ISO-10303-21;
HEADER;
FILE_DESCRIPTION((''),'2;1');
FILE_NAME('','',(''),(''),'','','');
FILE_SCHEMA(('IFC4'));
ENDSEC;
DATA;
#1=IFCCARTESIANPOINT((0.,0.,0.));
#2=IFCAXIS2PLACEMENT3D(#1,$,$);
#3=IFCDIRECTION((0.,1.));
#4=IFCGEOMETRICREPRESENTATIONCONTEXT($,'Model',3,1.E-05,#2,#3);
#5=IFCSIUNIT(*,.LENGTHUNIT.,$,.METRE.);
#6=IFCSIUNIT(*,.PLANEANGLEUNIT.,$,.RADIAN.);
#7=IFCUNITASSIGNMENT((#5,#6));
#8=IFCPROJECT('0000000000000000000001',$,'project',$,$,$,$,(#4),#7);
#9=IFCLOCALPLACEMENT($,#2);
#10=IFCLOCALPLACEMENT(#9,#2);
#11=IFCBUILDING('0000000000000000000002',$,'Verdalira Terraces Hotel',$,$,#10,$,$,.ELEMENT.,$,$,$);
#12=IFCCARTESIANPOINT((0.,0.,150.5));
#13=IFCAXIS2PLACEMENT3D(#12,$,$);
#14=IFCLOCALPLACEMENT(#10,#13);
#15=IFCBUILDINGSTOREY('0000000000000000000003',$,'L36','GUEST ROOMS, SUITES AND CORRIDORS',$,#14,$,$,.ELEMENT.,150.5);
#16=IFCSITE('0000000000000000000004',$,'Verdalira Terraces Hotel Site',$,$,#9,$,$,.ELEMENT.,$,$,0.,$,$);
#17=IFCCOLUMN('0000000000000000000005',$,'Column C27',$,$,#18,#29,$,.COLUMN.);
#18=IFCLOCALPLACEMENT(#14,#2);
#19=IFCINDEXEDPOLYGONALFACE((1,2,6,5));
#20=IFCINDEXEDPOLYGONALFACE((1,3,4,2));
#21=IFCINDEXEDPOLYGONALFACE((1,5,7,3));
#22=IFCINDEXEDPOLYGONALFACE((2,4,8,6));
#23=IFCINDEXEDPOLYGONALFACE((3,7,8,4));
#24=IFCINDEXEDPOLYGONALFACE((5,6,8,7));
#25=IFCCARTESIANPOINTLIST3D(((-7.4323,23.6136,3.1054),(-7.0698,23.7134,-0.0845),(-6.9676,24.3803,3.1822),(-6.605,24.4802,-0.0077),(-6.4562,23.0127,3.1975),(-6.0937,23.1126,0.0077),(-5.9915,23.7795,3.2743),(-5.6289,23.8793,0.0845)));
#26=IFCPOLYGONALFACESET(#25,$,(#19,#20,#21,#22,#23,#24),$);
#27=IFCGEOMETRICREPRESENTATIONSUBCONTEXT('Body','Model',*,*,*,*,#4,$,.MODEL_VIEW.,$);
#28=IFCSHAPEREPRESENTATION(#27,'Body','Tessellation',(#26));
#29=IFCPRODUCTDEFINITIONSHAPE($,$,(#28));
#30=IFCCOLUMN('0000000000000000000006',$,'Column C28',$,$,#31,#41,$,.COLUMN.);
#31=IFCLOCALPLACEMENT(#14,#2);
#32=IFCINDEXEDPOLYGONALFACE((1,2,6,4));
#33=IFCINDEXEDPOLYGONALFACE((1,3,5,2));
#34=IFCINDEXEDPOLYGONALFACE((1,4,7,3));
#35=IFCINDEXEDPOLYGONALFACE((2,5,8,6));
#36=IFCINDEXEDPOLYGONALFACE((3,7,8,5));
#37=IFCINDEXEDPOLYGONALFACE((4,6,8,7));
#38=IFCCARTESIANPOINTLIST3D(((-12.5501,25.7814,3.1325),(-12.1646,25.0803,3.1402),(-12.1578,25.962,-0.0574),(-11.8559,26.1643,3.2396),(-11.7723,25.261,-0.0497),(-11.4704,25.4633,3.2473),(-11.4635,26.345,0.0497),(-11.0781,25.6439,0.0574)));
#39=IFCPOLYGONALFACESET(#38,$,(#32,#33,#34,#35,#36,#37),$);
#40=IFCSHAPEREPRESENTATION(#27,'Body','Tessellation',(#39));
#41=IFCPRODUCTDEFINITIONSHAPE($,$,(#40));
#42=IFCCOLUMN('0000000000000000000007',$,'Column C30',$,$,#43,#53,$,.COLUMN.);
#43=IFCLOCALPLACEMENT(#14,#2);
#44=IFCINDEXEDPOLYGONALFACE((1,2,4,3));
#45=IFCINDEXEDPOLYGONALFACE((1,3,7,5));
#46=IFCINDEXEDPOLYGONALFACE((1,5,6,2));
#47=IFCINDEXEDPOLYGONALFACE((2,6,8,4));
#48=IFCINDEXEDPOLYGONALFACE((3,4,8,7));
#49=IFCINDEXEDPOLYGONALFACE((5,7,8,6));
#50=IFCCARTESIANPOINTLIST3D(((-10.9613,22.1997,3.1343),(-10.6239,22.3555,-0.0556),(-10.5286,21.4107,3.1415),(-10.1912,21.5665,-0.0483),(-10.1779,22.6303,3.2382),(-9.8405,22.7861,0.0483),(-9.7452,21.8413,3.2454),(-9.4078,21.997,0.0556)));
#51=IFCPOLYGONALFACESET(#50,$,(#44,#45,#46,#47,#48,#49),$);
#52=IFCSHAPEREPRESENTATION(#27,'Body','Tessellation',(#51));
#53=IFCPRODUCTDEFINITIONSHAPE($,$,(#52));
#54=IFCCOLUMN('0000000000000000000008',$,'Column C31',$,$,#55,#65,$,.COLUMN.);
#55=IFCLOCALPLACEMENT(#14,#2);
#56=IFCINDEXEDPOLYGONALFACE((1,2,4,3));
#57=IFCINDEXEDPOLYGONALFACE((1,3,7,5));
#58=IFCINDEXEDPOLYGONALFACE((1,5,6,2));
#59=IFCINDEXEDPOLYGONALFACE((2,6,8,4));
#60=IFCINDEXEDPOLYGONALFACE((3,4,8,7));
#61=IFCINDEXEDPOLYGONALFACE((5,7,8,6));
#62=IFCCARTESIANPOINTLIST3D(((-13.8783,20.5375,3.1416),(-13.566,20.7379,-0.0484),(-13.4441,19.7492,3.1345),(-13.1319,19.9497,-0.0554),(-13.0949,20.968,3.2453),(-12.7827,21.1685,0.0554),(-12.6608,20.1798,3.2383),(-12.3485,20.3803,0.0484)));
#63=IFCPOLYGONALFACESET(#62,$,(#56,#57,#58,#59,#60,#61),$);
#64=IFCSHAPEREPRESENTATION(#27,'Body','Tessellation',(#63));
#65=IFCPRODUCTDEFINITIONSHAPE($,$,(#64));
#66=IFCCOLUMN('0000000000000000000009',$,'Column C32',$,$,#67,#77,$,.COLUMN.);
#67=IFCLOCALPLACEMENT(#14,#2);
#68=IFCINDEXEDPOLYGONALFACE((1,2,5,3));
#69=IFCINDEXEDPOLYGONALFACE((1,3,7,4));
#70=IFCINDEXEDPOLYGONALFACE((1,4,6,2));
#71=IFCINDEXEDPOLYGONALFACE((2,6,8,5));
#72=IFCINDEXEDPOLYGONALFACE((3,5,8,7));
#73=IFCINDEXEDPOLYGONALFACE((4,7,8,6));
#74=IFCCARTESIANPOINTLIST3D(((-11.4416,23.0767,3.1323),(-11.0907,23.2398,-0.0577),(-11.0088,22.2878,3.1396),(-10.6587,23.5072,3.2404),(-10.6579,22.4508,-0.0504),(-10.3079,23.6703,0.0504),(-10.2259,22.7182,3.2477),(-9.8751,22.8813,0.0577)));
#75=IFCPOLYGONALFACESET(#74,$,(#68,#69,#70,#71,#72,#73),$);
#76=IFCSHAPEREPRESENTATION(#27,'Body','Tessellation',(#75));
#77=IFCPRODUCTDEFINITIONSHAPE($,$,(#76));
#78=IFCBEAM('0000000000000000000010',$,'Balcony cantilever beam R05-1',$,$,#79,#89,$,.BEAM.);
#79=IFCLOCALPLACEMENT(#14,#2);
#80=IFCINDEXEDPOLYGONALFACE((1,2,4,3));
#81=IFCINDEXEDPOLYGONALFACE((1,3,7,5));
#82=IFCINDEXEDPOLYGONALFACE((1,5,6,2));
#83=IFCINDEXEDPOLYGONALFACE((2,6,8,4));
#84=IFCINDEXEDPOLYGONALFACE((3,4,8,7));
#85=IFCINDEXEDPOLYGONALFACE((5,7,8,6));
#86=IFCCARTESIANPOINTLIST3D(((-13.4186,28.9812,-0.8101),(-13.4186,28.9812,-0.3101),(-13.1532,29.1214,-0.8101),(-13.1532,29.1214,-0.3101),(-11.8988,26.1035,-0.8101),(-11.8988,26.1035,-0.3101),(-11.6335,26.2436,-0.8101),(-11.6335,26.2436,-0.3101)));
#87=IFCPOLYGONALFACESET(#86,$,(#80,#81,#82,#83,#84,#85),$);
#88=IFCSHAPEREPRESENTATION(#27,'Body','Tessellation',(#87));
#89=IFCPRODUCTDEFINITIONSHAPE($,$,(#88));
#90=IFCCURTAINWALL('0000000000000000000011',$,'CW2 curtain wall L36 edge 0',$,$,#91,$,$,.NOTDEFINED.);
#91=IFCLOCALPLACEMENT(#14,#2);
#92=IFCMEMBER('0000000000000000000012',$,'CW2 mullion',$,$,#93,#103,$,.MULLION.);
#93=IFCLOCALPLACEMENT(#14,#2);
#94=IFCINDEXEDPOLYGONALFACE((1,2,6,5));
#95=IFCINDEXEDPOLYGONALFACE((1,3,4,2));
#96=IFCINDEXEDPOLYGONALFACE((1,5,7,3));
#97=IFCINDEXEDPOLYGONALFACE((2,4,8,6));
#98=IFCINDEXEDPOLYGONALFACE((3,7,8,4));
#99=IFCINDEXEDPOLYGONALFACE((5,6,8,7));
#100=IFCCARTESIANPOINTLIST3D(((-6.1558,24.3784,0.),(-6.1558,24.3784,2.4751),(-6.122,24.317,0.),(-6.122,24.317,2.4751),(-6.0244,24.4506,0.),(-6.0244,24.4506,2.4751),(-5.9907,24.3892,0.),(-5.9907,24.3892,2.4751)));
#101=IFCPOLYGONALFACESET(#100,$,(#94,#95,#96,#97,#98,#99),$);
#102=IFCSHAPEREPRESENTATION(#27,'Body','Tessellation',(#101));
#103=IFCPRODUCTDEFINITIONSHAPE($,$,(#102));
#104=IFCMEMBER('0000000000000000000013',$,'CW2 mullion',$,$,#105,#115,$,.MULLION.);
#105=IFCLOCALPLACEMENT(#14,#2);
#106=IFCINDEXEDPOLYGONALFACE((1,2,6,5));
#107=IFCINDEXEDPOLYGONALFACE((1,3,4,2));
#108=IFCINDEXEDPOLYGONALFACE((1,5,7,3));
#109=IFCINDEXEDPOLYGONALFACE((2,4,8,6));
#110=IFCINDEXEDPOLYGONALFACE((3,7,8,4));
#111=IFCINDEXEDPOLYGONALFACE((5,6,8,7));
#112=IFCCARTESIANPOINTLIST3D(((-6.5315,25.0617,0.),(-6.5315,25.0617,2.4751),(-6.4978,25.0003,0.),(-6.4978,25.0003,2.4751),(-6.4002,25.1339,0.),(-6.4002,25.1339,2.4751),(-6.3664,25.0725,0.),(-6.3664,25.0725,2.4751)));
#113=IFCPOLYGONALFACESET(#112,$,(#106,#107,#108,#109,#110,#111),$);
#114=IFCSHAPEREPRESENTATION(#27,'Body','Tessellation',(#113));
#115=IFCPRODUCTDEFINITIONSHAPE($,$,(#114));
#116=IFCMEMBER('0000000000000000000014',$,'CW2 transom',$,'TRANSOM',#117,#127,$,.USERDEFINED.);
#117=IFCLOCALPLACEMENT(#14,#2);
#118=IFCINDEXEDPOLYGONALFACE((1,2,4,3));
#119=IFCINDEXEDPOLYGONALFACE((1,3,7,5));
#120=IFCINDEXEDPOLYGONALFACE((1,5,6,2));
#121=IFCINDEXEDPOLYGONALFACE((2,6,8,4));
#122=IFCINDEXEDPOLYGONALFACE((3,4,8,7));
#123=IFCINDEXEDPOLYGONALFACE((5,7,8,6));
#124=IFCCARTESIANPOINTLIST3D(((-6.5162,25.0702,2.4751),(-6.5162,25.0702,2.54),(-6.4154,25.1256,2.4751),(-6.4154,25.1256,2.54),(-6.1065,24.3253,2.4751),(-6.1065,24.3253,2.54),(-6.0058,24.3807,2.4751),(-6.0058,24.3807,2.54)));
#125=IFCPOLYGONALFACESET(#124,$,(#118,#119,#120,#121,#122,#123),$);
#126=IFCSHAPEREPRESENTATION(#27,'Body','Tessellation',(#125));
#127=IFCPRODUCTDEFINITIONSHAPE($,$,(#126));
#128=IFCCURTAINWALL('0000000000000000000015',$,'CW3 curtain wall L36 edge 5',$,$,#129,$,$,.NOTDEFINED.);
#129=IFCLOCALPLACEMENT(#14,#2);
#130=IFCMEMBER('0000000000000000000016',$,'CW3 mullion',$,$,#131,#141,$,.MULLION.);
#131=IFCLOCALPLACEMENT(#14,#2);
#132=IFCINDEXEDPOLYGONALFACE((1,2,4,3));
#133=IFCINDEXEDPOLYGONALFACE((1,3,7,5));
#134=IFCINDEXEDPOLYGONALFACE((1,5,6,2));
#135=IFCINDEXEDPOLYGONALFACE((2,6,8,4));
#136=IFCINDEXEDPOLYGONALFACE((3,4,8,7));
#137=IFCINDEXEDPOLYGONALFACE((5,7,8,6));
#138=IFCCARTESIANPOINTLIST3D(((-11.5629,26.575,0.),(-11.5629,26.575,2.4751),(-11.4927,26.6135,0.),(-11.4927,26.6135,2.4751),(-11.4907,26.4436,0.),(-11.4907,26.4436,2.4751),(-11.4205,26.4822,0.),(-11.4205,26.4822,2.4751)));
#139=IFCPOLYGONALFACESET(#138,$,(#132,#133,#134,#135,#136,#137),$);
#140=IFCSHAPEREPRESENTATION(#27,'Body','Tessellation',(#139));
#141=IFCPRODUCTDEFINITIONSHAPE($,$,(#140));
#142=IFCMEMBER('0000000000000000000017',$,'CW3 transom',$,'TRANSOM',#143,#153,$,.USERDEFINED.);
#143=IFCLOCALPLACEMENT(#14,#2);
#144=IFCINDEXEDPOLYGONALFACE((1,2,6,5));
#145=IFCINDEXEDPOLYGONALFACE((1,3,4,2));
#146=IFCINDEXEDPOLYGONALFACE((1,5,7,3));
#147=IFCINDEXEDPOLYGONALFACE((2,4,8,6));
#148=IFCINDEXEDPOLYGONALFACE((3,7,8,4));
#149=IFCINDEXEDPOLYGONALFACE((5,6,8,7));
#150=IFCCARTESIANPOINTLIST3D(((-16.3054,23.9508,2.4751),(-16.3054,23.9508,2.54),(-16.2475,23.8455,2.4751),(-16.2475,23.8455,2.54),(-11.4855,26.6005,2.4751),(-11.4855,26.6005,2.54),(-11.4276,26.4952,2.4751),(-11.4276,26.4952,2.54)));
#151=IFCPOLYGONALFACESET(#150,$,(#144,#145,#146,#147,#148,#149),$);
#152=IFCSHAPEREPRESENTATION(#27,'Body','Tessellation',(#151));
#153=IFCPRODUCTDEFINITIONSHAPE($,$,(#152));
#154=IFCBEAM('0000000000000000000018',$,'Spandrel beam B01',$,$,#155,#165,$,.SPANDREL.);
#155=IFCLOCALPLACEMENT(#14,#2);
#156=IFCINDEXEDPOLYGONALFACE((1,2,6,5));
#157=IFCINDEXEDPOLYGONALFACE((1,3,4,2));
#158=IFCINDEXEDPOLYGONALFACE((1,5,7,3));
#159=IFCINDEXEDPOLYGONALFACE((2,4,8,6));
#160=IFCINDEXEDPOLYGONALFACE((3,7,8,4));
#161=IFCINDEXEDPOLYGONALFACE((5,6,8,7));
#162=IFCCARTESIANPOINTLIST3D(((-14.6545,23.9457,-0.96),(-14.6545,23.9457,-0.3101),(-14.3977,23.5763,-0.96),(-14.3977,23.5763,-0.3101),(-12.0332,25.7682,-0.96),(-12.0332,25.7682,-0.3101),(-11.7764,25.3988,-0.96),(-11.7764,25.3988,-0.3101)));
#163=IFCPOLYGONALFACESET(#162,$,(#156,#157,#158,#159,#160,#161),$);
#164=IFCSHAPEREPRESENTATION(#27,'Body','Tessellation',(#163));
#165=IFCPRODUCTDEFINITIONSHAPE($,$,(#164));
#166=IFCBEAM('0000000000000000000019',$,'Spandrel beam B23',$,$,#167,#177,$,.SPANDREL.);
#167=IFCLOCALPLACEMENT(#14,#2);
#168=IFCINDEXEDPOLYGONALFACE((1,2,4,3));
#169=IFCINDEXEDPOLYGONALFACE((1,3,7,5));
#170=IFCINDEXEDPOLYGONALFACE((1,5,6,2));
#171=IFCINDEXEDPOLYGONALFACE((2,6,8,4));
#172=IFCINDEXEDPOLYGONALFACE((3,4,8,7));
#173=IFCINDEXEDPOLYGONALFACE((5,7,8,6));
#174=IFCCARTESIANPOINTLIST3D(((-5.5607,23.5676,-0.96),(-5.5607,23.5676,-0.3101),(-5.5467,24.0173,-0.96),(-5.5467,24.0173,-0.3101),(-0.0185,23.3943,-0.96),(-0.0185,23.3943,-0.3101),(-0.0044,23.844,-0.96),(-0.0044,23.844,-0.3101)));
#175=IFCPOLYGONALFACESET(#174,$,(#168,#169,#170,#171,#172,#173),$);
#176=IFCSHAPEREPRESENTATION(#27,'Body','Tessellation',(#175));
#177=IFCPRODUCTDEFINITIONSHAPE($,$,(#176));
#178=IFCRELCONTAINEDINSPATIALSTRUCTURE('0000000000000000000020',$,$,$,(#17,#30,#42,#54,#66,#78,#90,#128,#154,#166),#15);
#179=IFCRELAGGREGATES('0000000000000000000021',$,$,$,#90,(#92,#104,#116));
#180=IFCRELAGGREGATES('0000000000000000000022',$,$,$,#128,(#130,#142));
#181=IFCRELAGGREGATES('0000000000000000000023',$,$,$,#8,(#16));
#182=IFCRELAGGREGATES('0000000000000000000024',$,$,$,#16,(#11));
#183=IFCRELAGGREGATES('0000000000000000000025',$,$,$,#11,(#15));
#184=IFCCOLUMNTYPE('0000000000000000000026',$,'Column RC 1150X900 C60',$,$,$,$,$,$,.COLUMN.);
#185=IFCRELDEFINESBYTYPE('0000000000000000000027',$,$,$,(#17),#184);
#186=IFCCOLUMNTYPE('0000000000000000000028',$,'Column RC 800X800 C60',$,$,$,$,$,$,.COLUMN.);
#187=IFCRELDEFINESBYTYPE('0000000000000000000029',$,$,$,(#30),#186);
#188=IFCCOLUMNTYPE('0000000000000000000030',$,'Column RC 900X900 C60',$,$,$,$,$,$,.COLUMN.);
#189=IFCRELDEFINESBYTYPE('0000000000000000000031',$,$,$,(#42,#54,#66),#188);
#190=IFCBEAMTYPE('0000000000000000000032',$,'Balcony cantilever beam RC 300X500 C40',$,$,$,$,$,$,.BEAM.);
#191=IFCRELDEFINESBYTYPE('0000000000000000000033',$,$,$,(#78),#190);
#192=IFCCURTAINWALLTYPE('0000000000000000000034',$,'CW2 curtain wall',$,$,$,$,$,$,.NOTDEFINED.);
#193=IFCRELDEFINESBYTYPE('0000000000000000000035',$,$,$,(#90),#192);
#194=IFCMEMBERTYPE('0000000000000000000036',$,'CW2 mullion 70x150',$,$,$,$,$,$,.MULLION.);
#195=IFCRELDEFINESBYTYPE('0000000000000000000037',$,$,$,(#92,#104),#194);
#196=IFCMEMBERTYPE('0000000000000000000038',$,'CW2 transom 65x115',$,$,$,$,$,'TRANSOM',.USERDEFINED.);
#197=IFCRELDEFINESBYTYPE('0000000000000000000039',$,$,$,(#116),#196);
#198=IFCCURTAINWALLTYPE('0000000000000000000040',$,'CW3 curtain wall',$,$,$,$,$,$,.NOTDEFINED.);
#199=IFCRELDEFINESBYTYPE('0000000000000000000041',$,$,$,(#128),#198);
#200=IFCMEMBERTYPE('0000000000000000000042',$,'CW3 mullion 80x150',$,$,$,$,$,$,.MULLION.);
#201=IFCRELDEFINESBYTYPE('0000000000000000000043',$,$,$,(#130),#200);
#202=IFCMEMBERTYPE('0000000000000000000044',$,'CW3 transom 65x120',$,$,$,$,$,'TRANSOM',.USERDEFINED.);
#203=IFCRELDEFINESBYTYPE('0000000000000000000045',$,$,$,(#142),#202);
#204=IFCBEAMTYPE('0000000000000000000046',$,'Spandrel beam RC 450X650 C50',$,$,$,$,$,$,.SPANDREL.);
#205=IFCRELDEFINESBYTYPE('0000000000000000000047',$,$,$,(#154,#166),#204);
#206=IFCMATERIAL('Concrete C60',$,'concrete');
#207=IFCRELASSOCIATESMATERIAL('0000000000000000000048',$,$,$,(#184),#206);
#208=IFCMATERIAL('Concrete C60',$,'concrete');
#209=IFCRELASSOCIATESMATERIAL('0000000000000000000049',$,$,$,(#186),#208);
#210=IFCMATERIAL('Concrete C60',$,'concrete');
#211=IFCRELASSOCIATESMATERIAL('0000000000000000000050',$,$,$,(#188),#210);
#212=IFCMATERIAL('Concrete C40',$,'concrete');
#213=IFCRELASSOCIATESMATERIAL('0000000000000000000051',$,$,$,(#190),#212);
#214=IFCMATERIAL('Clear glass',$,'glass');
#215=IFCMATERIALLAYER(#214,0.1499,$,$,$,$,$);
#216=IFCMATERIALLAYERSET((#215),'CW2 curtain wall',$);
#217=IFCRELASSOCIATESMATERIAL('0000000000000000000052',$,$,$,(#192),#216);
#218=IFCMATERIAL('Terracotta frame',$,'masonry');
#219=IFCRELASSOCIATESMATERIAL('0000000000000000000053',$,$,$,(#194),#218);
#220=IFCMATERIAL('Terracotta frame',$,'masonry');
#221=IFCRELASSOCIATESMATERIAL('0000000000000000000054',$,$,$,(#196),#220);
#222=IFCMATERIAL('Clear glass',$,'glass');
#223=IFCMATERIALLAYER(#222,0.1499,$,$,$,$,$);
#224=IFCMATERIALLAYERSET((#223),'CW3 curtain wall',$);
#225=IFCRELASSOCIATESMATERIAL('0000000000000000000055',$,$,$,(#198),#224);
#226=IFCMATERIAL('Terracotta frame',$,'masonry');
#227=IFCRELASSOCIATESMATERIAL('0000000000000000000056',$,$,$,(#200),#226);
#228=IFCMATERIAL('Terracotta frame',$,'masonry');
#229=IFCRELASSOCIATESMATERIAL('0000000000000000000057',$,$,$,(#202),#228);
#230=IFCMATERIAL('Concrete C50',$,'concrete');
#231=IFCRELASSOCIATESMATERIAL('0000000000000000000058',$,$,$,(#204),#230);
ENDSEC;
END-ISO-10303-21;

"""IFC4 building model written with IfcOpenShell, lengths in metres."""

from ifc_helpers import new_model, si_unit, direction, frame, origin, origin_2d, place, context, subcontext, project, spatial, rectangle, extrude, material, layer, layer_set, material_profile, profile_set, type_object, element, aggregate, save


model = new_model("IFC4")

# Units and contexts
model_context = context("Model", 3, precision=1e-05, world=origin(), true_north=direction((0.0, 1.0)))
body_context = subcontext(model_context, "Body", "Model", "MODEL_VIEW")
ifc_project = project(units=[si_unit("LENGTHUNIT", "METRE"), si_unit("PLANEANGLEUNIT", "RADIAN")], contexts=[model_context])

# Site, building, storey
site_placement = place(None, origin())
site = spatial("IfcSite", under=ifc_project, at=site_placement, Name="Verdalira Terraces Hotel Site", CompositionType="ELEMENT", RefElevation=0.0)
building_placement = place(site_placement, origin())
building = spatial("IfcBuilding", under=site, at=building_placement, Name="Verdalira Terraces Hotel", CompositionType="ELEMENT")
storey_placement = place(building_placement, frame((0.0, 0.0, 150.5)))
storey = spatial("IfcBuildingStorey", under=building, at=storey_placement, Name="L36", Description="GUEST ROOMS, SUITES AND CORRIDORS", CompositionType="ELEMENT", Elevation=150.5)

# Columns
ifc_material_1 = material(Name="Concrete C60", Category="concrete")
ifc_material_profile_1 = material_profile(ifc_material_1, rectangle(XDim=1.1499, YDim=0.8999, at=origin_2d()), Name="RC 1150X900")
ifc_profile_set_1 = profile_set([ifc_material_profile_1], Name="Concrete C60")
column_type_1 = type_object("IfcColumnType", Name="Column RC 1150X900 C60", PredefinedType="COLUMN", material=ifc_profile_set_1)
column_1_placement = place(storey_placement, frame((-6.3494, 23.7964, 0.0), z_axis=(-0.112872, -0.031087, 0.993123), x_axis=(0.848846, -0.522534, 0.080118)))
element("IfcColumn", 1, at=column_1_placement, inside=storey, type_object=column_type_1, Name="Column C27", PredefinedType="COLUMN", context=body_context, shape_type="SweptSolid", body=[
    extrude(rectangle(XDim=1.1499, YDim=0.8999, at=origin_2d()), origin(), (0.0, 0.0, 1.0), 3.2119),
])
ifc_material_2 = material(Name="Concrete C60", Category="concrete")
ifc_material_profile_2 = material_profile(ifc_material_2, rectangle(XDim=0.8, YDim=0.8, at=origin_2d()), Name="RC 800X800")
ifc_profile_set_2 = profile_set([ifc_material_profile_2], Name="Concrete C60")
column_type_2 = type_object("IfcColumnType", Name="Column RC 800X800 C60", PredefinedType="COLUMN", material=ifc_profile_set_2)
column_2_placement = place(storey_placement, frame((-11.6179, 25.803, 0.0), z_axis=(-0.121879, -0.056123, 0.990957), x_axis=(-0.867752, -0.478638, -0.133834)))
element("IfcColumn", 2, at=column_2_placement, inside=storey, type_object=column_type_2, Name="Column C28", PredefinedType="COLUMN", context=body_context, shape_type="SweptSolid", body=[
    extrude(rectangle(XDim=0.8, YDim=0.8, at=origin_2d()), origin(), (0.0, 0.0, 1.0), 3.219),
])
ifc_material_3 = material(Name="Concrete C60", Category="concrete")
ifc_material_profile_3 = material_profile(ifc_material_3, rectangle(XDim=0.8999, YDim=0.8999, at=origin_2d()), Name="RC 900X900")
ifc_profile_set_3 = profile_set([ifc_material_profile_3], Name="Concrete C60")
column_type_3 = type_object("IfcColumnType", Name="Column RC 900X900 C60", PredefinedType="COLUMN", material=ifc_profile_set_3)
for number, where, z_axis, x_axis, name in (
    (3, (-10.0159, 22.1763, 0.0), (-0.10506, -0.048501, 0.993282), (-0.480826, 0.876779, -0.008045), "Column C30"),
    (4, (-12.9573, 20.5591, 0.0), (-0.097232, -0.062414, 0.993303), (-0.482473, 0.875876, 0.007807), "Column C31"),
):
    element("IfcColumn", number, at=place(storey_placement, frame(where, z_axis=z_axis, x_axis=x_axis)), inside=storey, type_object=column_type_3, Name=name, PredefinedType="COLUMN", context=body_context, shape_type="SweptSolid", body=[
        extrude(rectangle(XDim=0.8999, YDim=0.8999, at=origin_2d()), origin(), (0.0, 0.0, 1.0), 3.2114),
    ])
column_3_placement = place(storey_placement, frame((-10.4829, 23.0605, 0.0), z_axis=(-0.10918, -0.050753, 0.992725), x_axis=(-0.480972, 0.876699, -0.008076)))
element("IfcColumn", 5, at=column_3_placement, inside=storey, type_object=column_type_3, Name="Column C32", PredefinedType="COLUMN", context=body_context, shape_type="SweptSolid", body=[
    extrude(rectangle(XDim=0.8999, YDim=0.8999, at=origin_2d()), origin(), (0.0, 0.0, 1.0), 3.2134),
])

# Beam
ifc_material_4 = material(Name="Concrete C40", Category="concrete")
ifc_material_profile_4 = material_profile(ifc_material_4, rectangle(XDim=0.3, YDim=0.5, at=origin_2d()), Name="RC 300X500")
ifc_profile_set_4 = profile_set([ifc_material_profile_4], Name="Concrete C40")
beam_type_1 = type_object("IfcBeamType", Name="Balcony cantilever beam RC 300X500 C40", PredefinedType="BEAM", material=ifc_profile_set_4)
beam_1_placement = place(storey_placement, frame((-11.7661, 26.1736, -0.5601), z_axis=(-0.466998, 0.884258, 0.0), x_axis=(-0.884258, -0.466998, 0.0)))
element("IfcBeam", 6, at=beam_1_placement, inside=storey, type_object=beam_type_1, Name="Balcony cantilever beam R05-1", PredefinedType="BEAM", context=body_context, shape_type="SweptSolid", body=[
    extrude(rectangle(XDim=0.3, YDim=0.5, at=origin_2d()), origin(), (0.0, 0.0, 1.0), 3.2544),
])

# Curtain walls, members
ifc_material_5 = material(Name="Clear glass", Category="glass")
ifc_layer_1 = layer(ifc_material_5, 0.1499)
ifc_layer_set_1 = layer_set([ifc_layer_1], Name="CW2 curtain wall")
curtain_wall_type_1 = type_object("IfcCurtainWallType", Name="CW2 curtain wall", PredefinedType="NOTDEFINED", material=ifc_layer_set_1)
curtain_wall_1_placement = place(storey_placement, origin())
curtain_wall_1 = element("IfcCurtainWall", 7, at=curtain_wall_1_placement, inside=storey, type_object=curtain_wall_type_1, Name="CW2 curtain wall L36 edge 0", PredefinedType="NOTDEFINED")
ifc_material_6 = material(Name="Terracotta frame", Category="masonry")
ifc_material_profile_5 = material_profile(ifc_material_6, rectangle(XDim=0.0701, YDim=0.1499, at=origin_2d()), Name="MU 70x150")
ifc_profile_set_5 = profile_set([ifc_material_profile_5], Name="Terracotta frame")
member_type_1 = type_object("IfcMemberType", Name="CW2 mullion 70x150", PredefinedType="MULLION", material=ifc_profile_set_5)
member_1_placement = place(storey_placement, frame((-6.0732, 24.3838, 0.0), z_axis=(0.0, 0.0, 1.0), x_axis=(-0.481754, 0.876307, 0.0)))
member_1 = element("IfcMember", 8, at=member_1_placement, type_object=member_type_1, Name="CW2 mullion", PredefinedType="MULLION", context=body_context, shape_type="SweptSolid", body=[
    extrude(rectangle(XDim=0.0701, YDim=0.1499, at=origin_2d()), origin(), (0.0, 0.0, 1.0), 2.4751),
])
member_2_placement = place(storey_placement, frame((-6.449, 25.0671, 0.0), z_axis=(0.0, 0.0, 1.0), x_axis=(-0.481754, 0.876307, 0.0)))
member_2 = element("IfcMember", 9, at=member_2_placement, type_object=member_type_1, Name="CW2 mullion", PredefinedType="MULLION", context=body_context, shape_type="SweptSolid", body=[
    extrude(rectangle(XDim=0.0701, YDim=0.1499, at=origin_2d()), origin(), (0.0, 0.0, 1.0), 2.4751),
])
ifc_material_7 = material(Name="Terracotta frame", Category="masonry")
ifc_material_profile_6 = material_profile(ifc_material_7, rectangle(XDim=0.115, YDim=0.0649, at=origin_2d()), Name="TR 65x115")
ifc_profile_set_6 = profile_set([ifc_material_profile_6], Name="Terracotta frame")
member_type_2 = type_object("IfcMemberType", Name="CW2 transom 65x115", ElementType="TRANSOM", PredefinedType="USERDEFINED", material=ifc_profile_set_6)
member_3_placement = place(storey_placement, frame((-6.0562, 24.353, 2.5076), z_axis=(-0.481908, 0.876222, 0.0), x_axis=(-0.876222, -0.481908, 0.0)))
member_3 = element("IfcMember", 10, at=member_3_placement, type_object=member_type_2, Name="CW2 transom", ObjectType="TRANSOM", PredefinedType="USERDEFINED", context=body_context, shape_type="SweptSolid", body=[
    extrude(rectangle(XDim=0.115, YDim=0.0649, at=origin_2d()), origin(), (0.0, 0.0, 1.0), 0.8501),
])
ifc_material_8 = material(Name="Clear glass", Category="glass")
ifc_layer_2 = layer(ifc_material_8, 0.1499)
ifc_layer_set_2 = layer_set([ifc_layer_2], Name="CW3 curtain wall")
curtain_wall_type_2 = type_object("IfcCurtainWallType", Name="CW3 curtain wall", PredefinedType="NOTDEFINED", material=ifc_layer_set_2)
curtain_wall_2_placement = place(storey_placement, origin())
curtain_wall_2 = element("IfcCurtainWall", 11, at=curtain_wall_2_placement, inside=storey, type_object=curtain_wall_type_2, Name="CW3 curtain wall L36 edge 5", PredefinedType="NOTDEFINED")
ifc_material_9 = material(Name="Terracotta frame", Category="masonry")
ifc_material_profile_7 = material_profile(ifc_material_9, rectangle(XDim=0.0801, YDim=0.1499, at=origin_2d()), Name="MU 80x150")
ifc_profile_set_7 = profile_set([ifc_material_profile_7], Name="Terracotta frame")
member_type_3 = type_object("IfcMemberType", Name="CW3 mullion 80x150", PredefinedType="MULLION", material=ifc_profile_set_7)
member_4_placement = place(storey_placement, frame((-11.4917, 26.5286, 0.0), z_axis=(0.0, 0.0, 1.0), x_axis=(-0.876307, -0.481754, 0.0)))
member_4 = element("IfcMember", 12, at=member_4_placement, type_object=member_type_3, Name="CW3 mullion", PredefinedType="MULLION", context=body_context, shape_type="SweptSolid", body=[
    extrude(rectangle(XDim=0.0801, YDim=0.1499, at=origin_2d()), origin(), (0.0, 0.0, 1.0), 2.4751),
])
ifc_material_10 = material(Name="Terracotta frame", Category="masonry")
ifc_material_profile_8 = material_profile(ifc_material_10, rectangle(XDim=0.1201, YDim=0.0649, at=origin_2d()), Name="TR 65x120")
ifc_profile_set_8 = profile_set([ifc_material_profile_8], Name="Terracotta frame")
member_type_4 = type_object("IfcMemberType", Name="CW3 transom 65x120", ElementType="TRANSOM", PredefinedType="USERDEFINED", material=ifc_profile_set_8)
member_5_placement = place(storey_placement, frame((-11.4565, 26.5479, 2.5076), z_axis=(-0.876311, -0.481745, 0.0), x_axis=(0.481745, -0.876311, 0.0)))
member_5 = element("IfcMember", 13, at=member_5_placement, type_object=member_type_4, Name="CW3 transom", ObjectType="TRANSOM", PredefinedType="USERDEFINED", context=body_context, shape_type="SweptSolid", body=[
    extrude(rectangle(XDim=0.1201, YDim=0.0649, at=origin_2d()), origin(), (0.0, 0.0, 1.0), 5.5002),
])

# Beams
ifc_material_11 = material(Name="Concrete C50", Category="concrete")
ifc_material_profile_9 = material_profile(ifc_material_11, rectangle(XDim=0.45, YDim=0.6499, at=origin_2d()), Name="RC 450X650")
ifc_profile_set_9 = profile_set([ifc_material_profile_9], Name="Concrete C50")
beam_type_2 = type_object("IfcBeamType", Name="Spandrel beam RC 450X650 C50", PredefinedType="SPANDREL", material=ifc_profile_set_9)
beam_2_placement = place(storey_placement, frame((-11.9048, 25.5835, -0.635), z_axis=(-0.821056, -0.570847, 0.0), x_axis=(0.570847, -0.821056, 0.0)))
element("IfcBeam", 14, at=beam_2_placement, inside=storey, type_object=beam_type_2, Name="Spandrel beam B01", PredefinedType="SPANDREL", context=body_context, shape_type="SweptSolid", body=[
    extrude(rectangle(XDim=0.45, YDim=0.6499, at=origin_2d()), origin(), (0.0, 0.0, 1.0), 3.1926),
])
beam_3_placement = place(storey_placement, frame((-0.0115, 23.6191, -0.635), z_axis=(-0.999511, 0.031261, 0.0), x_axis=(-0.031261, -0.999511, 0.0)))
element("IfcBeam", 15, at=beam_3_placement, inside=storey, type_object=beam_type_2, Name="Spandrel beam B23", PredefinedType="SPANDREL", context=body_context, shape_type="SweptSolid", body=[
    extrude(rectangle(XDim=0.45, YDim=0.6499, at=origin_2d()), origin(), (0.0, 0.0, 1.0), 5.5449),
])

aggregate(curtain_wall_1, [member_1, member_2, member_3])
aggregate(curtain_wall_2, [member_4, member_5])

save(model, "model.ifc")
